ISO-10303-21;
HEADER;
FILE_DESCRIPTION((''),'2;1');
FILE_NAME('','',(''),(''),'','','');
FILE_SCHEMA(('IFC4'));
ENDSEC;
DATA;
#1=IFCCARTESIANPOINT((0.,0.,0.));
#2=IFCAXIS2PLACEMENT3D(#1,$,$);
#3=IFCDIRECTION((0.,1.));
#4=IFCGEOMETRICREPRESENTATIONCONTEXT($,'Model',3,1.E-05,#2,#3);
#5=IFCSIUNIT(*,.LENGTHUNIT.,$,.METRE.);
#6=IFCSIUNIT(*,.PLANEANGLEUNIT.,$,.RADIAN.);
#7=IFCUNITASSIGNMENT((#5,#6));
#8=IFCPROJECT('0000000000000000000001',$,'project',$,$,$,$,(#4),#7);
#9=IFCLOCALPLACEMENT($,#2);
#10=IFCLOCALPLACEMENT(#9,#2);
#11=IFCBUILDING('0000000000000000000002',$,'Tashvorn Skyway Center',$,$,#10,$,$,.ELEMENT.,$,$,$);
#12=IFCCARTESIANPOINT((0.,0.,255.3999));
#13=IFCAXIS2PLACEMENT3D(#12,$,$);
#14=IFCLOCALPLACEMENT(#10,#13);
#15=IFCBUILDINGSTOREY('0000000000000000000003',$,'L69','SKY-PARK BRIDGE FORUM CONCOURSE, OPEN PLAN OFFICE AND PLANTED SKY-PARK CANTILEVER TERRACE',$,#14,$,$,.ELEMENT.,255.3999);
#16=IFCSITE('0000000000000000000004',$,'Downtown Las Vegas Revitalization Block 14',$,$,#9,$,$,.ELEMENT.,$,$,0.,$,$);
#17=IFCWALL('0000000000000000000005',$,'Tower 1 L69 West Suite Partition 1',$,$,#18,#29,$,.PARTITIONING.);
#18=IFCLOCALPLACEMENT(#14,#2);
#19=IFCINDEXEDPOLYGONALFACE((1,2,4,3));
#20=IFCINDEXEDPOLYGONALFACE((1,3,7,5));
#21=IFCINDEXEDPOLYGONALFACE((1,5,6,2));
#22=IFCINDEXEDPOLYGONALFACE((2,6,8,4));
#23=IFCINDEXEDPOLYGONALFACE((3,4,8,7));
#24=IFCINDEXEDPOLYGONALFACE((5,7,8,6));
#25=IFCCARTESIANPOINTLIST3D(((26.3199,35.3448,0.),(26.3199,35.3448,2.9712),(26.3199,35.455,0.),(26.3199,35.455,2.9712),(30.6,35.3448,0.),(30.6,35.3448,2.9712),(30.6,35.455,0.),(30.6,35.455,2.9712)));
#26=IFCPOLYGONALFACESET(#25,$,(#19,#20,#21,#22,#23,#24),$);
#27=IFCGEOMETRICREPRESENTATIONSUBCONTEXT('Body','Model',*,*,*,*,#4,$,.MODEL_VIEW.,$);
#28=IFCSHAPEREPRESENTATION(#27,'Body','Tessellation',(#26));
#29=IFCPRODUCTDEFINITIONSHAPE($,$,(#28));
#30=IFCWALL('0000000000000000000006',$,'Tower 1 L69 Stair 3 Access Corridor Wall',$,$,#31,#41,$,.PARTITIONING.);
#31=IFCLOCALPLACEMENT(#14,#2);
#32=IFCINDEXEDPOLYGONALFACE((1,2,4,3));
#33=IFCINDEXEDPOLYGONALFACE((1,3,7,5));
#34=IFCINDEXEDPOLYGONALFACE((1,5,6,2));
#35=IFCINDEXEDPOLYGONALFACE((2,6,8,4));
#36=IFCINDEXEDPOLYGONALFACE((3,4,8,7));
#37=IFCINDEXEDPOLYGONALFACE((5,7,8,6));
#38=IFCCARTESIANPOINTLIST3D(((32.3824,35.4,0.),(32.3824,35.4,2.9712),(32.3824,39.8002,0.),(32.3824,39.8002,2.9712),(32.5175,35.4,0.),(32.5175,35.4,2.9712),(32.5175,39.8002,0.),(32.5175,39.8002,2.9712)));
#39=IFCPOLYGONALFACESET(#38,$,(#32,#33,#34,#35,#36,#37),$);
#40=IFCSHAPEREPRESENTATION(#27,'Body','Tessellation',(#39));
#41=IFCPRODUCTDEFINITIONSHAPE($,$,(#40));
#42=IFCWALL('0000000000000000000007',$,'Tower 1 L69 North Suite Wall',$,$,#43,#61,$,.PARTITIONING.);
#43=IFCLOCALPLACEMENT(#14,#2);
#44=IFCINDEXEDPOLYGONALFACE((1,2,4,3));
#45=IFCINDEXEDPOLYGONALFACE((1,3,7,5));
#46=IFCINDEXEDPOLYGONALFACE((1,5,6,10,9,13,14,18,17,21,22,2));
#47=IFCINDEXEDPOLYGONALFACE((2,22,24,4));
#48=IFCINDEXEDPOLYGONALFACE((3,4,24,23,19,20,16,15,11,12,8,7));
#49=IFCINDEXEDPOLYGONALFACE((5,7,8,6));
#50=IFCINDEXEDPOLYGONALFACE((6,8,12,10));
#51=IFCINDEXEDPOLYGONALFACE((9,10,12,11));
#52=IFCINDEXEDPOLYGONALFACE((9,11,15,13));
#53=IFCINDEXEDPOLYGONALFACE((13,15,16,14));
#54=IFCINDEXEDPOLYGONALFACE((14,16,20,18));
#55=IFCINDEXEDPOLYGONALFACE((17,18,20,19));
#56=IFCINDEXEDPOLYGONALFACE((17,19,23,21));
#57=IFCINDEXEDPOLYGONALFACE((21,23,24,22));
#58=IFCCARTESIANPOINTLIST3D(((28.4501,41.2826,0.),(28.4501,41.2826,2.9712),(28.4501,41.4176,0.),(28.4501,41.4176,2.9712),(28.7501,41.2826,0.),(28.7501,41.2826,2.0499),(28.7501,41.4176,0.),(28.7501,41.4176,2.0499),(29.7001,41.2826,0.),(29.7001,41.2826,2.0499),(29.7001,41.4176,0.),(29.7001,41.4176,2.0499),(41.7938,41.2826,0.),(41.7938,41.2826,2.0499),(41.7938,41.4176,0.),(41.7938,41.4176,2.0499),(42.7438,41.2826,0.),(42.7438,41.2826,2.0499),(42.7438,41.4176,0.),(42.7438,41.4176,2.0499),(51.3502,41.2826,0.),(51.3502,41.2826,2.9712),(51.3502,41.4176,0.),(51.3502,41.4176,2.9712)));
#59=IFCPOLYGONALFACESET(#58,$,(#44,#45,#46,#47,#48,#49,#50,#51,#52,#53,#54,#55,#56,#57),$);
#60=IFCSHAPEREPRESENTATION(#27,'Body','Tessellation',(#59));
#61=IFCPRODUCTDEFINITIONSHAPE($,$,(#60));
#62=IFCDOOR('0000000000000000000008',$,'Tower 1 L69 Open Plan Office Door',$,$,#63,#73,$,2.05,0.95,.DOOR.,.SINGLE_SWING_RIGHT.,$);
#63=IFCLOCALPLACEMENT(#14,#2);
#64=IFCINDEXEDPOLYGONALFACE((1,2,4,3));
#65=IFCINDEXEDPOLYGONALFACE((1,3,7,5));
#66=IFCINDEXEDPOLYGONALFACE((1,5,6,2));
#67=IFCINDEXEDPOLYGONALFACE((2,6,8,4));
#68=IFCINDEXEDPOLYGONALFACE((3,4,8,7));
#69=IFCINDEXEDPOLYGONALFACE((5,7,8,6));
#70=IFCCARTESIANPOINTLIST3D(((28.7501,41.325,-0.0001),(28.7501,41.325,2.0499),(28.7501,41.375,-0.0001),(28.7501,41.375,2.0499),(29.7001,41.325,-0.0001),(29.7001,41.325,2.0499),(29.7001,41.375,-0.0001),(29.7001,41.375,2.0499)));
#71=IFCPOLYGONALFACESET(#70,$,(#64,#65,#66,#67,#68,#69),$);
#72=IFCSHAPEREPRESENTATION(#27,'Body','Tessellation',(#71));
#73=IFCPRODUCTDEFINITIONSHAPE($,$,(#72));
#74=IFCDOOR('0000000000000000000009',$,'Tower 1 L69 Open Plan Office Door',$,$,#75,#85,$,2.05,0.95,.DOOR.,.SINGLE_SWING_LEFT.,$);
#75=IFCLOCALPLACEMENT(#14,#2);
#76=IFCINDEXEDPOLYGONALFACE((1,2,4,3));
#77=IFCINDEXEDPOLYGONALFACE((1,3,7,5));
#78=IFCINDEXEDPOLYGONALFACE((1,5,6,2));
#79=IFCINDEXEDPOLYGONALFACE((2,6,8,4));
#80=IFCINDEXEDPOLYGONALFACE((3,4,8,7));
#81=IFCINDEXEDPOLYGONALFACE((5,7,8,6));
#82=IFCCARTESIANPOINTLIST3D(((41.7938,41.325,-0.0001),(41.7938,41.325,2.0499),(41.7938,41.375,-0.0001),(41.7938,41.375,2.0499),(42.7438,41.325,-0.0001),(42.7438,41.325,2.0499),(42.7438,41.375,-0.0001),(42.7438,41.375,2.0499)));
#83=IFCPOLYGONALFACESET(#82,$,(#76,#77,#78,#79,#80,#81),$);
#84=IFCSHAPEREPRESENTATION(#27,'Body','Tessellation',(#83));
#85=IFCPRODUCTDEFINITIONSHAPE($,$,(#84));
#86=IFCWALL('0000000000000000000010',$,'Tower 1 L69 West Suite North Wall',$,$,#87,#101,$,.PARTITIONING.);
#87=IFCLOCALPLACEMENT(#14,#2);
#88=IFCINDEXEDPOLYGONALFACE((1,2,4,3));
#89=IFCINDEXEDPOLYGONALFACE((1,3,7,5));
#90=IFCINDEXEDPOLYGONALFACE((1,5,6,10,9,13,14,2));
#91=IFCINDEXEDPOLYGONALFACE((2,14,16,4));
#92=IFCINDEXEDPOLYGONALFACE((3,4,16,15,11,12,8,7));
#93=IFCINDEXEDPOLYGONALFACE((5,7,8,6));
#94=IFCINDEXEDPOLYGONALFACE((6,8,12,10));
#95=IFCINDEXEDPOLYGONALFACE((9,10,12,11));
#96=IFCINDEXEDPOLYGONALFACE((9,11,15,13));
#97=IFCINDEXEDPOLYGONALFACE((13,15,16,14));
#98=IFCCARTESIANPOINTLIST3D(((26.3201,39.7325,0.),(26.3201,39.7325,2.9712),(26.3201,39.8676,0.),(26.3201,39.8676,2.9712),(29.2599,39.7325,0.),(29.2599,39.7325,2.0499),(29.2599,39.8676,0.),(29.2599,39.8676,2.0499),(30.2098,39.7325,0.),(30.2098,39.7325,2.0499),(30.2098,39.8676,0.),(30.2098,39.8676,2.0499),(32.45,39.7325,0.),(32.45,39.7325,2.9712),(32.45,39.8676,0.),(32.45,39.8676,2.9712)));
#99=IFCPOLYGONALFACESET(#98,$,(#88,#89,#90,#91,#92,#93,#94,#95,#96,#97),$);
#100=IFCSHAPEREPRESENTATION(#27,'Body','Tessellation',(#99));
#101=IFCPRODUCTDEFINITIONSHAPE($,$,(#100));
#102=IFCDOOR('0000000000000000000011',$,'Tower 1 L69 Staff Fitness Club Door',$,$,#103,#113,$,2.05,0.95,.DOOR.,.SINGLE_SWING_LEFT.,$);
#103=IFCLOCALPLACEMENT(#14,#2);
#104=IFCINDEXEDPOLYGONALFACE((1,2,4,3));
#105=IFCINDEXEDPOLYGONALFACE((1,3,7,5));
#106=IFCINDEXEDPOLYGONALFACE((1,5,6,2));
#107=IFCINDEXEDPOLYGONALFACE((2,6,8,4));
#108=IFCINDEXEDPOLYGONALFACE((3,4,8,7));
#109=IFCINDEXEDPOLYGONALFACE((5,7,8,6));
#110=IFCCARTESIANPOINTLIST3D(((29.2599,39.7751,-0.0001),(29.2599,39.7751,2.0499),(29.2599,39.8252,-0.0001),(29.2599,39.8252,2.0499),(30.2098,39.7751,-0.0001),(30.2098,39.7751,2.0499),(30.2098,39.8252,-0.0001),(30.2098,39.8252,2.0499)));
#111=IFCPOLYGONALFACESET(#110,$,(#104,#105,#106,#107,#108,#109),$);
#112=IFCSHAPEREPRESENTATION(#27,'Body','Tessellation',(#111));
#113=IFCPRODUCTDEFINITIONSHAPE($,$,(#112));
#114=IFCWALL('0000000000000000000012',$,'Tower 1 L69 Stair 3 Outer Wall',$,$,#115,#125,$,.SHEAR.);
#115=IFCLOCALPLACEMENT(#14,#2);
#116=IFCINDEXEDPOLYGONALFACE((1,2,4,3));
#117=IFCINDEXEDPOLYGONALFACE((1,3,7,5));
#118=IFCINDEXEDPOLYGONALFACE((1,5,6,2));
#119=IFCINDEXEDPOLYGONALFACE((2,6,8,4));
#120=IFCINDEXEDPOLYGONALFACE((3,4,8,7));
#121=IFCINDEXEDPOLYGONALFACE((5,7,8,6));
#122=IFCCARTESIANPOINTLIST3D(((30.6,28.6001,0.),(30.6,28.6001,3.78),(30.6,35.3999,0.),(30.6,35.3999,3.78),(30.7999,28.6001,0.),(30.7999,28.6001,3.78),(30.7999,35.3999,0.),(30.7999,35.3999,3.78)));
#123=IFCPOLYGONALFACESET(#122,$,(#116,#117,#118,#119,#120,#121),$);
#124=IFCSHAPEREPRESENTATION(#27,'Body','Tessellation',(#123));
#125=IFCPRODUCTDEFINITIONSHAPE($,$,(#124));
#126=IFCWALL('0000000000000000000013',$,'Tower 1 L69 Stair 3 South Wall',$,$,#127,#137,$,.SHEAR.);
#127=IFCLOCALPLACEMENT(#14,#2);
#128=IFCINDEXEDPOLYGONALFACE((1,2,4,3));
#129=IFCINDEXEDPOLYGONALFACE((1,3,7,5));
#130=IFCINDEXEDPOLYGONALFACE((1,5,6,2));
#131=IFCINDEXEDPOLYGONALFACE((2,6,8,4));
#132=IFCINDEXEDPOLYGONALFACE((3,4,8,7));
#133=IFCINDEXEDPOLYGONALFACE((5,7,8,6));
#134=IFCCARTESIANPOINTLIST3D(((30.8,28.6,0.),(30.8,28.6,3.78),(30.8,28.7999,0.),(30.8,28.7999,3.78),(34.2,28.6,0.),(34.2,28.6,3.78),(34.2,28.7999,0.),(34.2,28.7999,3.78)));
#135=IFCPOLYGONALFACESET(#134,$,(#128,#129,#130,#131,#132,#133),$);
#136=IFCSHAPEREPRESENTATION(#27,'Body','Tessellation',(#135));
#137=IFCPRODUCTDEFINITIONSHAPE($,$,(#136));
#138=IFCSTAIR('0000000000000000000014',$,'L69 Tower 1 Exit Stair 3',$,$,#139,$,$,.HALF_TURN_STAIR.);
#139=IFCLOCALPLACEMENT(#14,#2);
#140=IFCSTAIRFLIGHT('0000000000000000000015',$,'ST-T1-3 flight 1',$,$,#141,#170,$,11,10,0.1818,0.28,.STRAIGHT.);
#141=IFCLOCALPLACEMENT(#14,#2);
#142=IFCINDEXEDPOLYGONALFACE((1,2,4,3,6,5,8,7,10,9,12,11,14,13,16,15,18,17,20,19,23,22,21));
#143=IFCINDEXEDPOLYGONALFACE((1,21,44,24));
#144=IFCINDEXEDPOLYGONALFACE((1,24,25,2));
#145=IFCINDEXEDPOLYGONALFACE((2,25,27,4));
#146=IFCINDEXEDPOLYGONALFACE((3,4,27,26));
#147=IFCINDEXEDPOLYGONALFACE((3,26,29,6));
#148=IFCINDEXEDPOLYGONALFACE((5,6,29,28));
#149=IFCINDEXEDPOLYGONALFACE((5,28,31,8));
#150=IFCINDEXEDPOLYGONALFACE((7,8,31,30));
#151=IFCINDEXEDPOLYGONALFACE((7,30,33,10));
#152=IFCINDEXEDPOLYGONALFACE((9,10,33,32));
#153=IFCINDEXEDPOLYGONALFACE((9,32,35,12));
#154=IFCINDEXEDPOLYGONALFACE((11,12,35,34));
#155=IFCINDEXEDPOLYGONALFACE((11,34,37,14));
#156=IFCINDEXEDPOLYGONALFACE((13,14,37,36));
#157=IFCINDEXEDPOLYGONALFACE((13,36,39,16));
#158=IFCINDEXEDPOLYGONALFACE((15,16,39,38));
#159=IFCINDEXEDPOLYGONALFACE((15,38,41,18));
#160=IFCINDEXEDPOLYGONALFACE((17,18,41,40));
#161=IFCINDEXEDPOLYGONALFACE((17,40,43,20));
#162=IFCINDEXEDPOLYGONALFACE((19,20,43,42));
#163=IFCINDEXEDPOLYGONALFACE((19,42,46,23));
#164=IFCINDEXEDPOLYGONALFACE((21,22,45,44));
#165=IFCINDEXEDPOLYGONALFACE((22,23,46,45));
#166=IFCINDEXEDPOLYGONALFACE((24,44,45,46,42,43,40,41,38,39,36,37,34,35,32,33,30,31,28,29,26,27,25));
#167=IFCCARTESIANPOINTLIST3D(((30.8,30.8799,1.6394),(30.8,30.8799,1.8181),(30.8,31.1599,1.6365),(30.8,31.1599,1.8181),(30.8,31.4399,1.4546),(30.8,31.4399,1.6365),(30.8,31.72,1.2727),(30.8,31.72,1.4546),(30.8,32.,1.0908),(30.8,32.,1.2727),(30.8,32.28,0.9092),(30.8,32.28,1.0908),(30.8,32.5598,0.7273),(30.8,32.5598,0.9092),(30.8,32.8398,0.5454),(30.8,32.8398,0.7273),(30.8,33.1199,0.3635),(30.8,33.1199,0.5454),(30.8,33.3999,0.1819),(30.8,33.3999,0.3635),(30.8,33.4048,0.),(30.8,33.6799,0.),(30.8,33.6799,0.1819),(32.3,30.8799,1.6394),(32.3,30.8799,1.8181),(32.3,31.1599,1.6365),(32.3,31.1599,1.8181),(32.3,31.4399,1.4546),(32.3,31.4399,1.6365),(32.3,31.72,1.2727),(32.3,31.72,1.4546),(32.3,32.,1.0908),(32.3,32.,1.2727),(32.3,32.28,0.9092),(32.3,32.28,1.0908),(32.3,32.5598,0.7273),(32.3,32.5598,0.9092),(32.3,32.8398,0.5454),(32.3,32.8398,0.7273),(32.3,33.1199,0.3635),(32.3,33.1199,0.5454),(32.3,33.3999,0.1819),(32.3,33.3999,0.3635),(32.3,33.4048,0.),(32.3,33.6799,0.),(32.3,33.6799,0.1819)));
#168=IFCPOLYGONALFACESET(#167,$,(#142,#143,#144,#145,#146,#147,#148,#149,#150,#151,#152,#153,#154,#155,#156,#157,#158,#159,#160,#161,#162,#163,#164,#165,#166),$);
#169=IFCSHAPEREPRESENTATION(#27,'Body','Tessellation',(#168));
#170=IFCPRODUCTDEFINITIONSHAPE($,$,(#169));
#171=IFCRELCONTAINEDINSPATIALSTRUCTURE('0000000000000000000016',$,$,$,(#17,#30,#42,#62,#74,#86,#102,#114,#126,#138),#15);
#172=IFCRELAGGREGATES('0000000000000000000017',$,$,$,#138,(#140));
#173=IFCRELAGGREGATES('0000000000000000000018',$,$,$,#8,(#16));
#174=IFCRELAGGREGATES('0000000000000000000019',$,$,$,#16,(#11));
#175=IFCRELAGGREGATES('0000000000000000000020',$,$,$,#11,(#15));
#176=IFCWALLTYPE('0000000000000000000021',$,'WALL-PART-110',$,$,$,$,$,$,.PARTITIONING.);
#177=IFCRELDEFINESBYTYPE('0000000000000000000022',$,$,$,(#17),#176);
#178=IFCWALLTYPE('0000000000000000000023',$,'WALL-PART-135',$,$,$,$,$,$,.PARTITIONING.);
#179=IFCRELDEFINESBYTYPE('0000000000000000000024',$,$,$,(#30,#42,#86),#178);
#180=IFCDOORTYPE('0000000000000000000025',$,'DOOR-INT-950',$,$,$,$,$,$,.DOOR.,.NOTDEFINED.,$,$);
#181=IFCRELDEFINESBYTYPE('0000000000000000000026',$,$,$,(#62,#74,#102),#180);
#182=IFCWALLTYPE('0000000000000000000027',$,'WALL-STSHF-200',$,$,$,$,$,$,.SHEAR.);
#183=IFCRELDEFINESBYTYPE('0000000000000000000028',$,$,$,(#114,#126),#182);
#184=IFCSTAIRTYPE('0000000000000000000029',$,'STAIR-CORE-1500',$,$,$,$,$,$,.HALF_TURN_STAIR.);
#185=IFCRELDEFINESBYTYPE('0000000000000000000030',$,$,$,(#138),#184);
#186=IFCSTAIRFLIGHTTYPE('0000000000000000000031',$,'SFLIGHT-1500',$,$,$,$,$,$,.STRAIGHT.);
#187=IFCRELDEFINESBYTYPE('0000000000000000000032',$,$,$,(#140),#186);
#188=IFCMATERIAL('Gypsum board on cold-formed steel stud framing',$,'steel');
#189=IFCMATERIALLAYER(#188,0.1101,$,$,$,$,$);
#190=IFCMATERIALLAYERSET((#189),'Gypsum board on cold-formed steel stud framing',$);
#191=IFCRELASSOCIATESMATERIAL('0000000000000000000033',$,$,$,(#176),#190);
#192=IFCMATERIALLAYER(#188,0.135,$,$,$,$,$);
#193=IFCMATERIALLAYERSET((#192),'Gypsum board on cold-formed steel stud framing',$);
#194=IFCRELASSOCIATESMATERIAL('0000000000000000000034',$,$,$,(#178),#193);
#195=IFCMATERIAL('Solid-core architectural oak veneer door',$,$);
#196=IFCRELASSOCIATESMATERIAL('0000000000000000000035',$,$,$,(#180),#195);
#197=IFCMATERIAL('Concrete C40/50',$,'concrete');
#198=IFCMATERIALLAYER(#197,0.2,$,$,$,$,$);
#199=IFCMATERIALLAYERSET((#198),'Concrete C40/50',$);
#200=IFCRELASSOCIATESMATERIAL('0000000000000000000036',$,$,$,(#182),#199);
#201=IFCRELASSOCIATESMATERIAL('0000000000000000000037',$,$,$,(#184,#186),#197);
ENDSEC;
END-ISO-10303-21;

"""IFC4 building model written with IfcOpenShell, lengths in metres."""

from ifc_helpers import new_model, si_unit, direction, frame, frame_2d, origin, place, context, subcontext, project, spatial, polyline, rectangle, outline, extrude, material, layer, layer_set, type_object, element, fill, aggregate, save


model = new_model("IFC4")

# Units and contexts
model_context = context("Model", 3, precision=1e-05, world=origin(), true_north=direction((0.0, 1.0)))
body_context = subcontext(model_context, "Body", "Model", "MODEL_VIEW")
ifc_project = project(units=[si_unit("LENGTHUNIT", "METRE"), si_unit("PLANEANGLEUNIT", "RADIAN")], contexts=[model_context])

# Site, building, storey
site_placement = place(None, origin())
site = spatial("IfcSite", under=ifc_project, at=site_placement, Name="Downtown Las Vegas Revitalization Block 14", CompositionType="ELEMENT", RefElevation=0.0)
building_placement = place(site_placement, origin())
building = spatial("IfcBuilding", under=site, at=building_placement, Name="Tashvorn Skyway Center", CompositionType="ELEMENT")
storey_placement = place(building_placement, frame((0.0, 0.0, 255.3999)))
storey = spatial("IfcBuildingStorey", under=building, at=storey_placement, Name="L69", Description="SKY-PARK BRIDGE FORUM CONCOURSE, OPEN PLAN OFFICE AND PLANTED SKY-PARK CANTILEVER TERRACE", CompositionType="ELEMENT", Elevation=255.3999)

# Walls
ifc_material_1 = material(Name="Gypsum board on cold-formed steel stud framing", Category="steel")
ifc_layer_1 = layer(ifc_material_1, 0.1101)
ifc_layer_set_1 = layer_set([ifc_layer_1], Name="Gypsum board on cold-formed steel stud framing")
wall_type_1 = type_object("IfcWallType", Name="WALL-PART-110", PredefinedType="PARTITIONING", material=ifc_layer_set_1)
wall_1_placement = place(storey_placement, frame((30.6001, 35.3999, 0.0), z_axis=(0.0, 0.0, 1.0), x_axis=(-1.0, 0.0, 0.0)))
element("IfcWall", 1, at=wall_1_placement, inside=storey, type_object=wall_type_1, Name="Tower 1 L69 West Suite Partition 1", PredefinedType="PARTITIONING", context=body_context, shape_type="SweptSolid", body=[
    extrude(rectangle(XDim=4.28, YDim=0.1101, at=frame_2d((2.1401, 0.0))), origin(), (0.0, 0.0, 1.0), 2.9712),
])
ifc_layer_2 = layer(ifc_material_1, 0.135)
ifc_layer_set_2 = layer_set([ifc_layer_2], Name="Gypsum board on cold-formed steel stud framing")
wall_type_2 = type_object("IfcWallType", Name="WALL-PART-135", PredefinedType="PARTITIONING", material=ifc_layer_set_2)
wall_2_placement = place(storey_placement, frame((32.45, 35.3999, 0.0), z_axis=(0.0, 0.0, 1.0), x_axis=(0.0, 1.0, 0.0)))
element("IfcWall", 2, at=wall_2_placement, inside=storey, type_object=wall_type_2, Name="Tower 1 L69 Stair 3 Access Corridor Wall", PredefinedType="PARTITIONING", context=body_context, shape_type="SweptSolid", body=[
    extrude(rectangle(XDim=4.4001, YDim=0.135, at=frame_2d((2.2002, 0.0))), origin(), (0.0, 0.0, 1.0), 2.9712),
])

# Wall, openings, doors
wall_3_placement = place(storey_placement, frame((28.45, 41.3501, 0.0), z_axis=(0.0, 0.0, 1.0), x_axis=(1.0, 0.0, 0.0)))
wall_3 = element("IfcWall", 3, at=wall_3_placement, inside=storey, type_object=wall_type_2, Name="Tower 1 L69 North Suite Wall", PredefinedType="PARTITIONING", context=body_context, shape_type="SweptSolid", body=[
    extrude(rectangle(XDim=22.9001, YDim=0.135, at=frame_2d((11.4502, 0.0))), origin(), (0.0, 0.0, 1.0), 2.9712),
])
opening_1_placement = place(wall_3_placement, frame((0.3, 0.0, 0.0)))
opening_1 = element("IfcOpeningElement", 4, at=opening_1_placement, cuts=wall_3, PredefinedType="OPENING", context=body_context, shape_type="SweptSolid", body=[
    extrude(rectangle(XDim=0.95, YDim=2.05, at=frame_2d((0.4751, 1.0249))), frame((0.0, 0.0774, 0.0), z_axis=(0.0, -1.0, 0.0), x_axis=(1.0, 0.0, 0.0)), (0.0, 0.0, 1.0), 0.155),
])
opening_2_placement = place(wall_3_placement, frame((13.3438, 0.0, 0.0)))
opening_2 = element("IfcOpeningElement", 5, at=opening_2_placement, cuts=wall_3, PredefinedType="OPENING", context=body_context, shape_type="SweptSolid", body=[
    extrude(rectangle(XDim=0.95, YDim=2.05, at=frame_2d((0.4751, 1.0249))), frame((0.0, 0.0774, 0.0), z_axis=(0.0, -1.0, 0.0), x_axis=(1.0, 0.0, 0.0)), (0.0, 0.0, 1.0), 0.155),
])
ifc_material_2 = material(Name="Solid-core architectural oak veneer door")
door_type = type_object("IfcDoorType", Name="DOOR-INT-950", OperationType="NOTDEFINED", PredefinedType="DOOR", material=ifc_material_2)
door_1_placement = place(opening_1_placement, origin())
door_1 = element("IfcDoor", 6, at=door_1_placement, inside=storey, type_object=door_type, Name="Tower 1 L69 Open Plan Office Door", OperationType="SINGLE_SWING_RIGHT", OverallHeight=2.05, OverallWidth=0.95, PredefinedType="DOOR", context=body_context, shape_type="SweptSolid", body=[
    extrude(rectangle(XDim=0.95, YDim=2.05, at=frame_2d((0.4751, 1.0249))), frame((0.0, 0.0249, 0.0), z_axis=(0.0, -1.0, 0.0), x_axis=(1.0, 0.0, 0.0)), (0.0, 0.0, 1.0), 0.05),
])
fill(opening_1, door_1)
door_2_placement = place(opening_2_placement, origin())
door_2 = element("IfcDoor", 7, at=door_2_placement, inside=storey, type_object=door_type, Name="Tower 1 L69 Open Plan Office Door", OperationType="SINGLE_SWING_LEFT", OverallHeight=2.05, OverallWidth=0.95, PredefinedType="DOOR", context=body_context, shape_type="SweptSolid", body=[
    extrude(rectangle(XDim=0.95, YDim=2.05, at=frame_2d((0.4751, 1.0249))), frame((0.0, 0.0249, 0.0), z_axis=(0.0, -1.0, 0.0), x_axis=(1.0, 0.0, 0.0)), (0.0, 0.0, 1.0), 0.05),
])
fill(opening_2, door_2)

# Wall, opening, door
wall_4_placement = place(storey_placement, frame((32.45, 39.8, 0.0), z_axis=(0.0, 0.0, 1.0), x_axis=(-1.0, 0.0, 0.0)))
wall_4 = element("IfcWall", 8, at=wall_4_placement, inside=storey, type_object=wall_type_2, Name="Tower 1 L69 West Suite North Wall", PredefinedType="PARTITIONING", context=body_context, shape_type="SweptSolid", body=[
    extrude(rectangle(XDim=6.1299, YDim=0.135, at=frame_2d((3.0649, 0.0))), origin(), (0.0, 0.0, 1.0), 2.9712),
])
opening_3_placement = place(wall_4_placement, frame((2.24, 0.0, 0.0)))
opening_3 = element("IfcOpeningElement", 9, at=opening_3_placement, cuts=wall_4, PredefinedType="OPENING", context=body_context, shape_type="SweptSolid", body=[
    extrude(rectangle(XDim=0.95, YDim=2.05, at=frame_2d((0.4751, 1.0249))), frame((0.0, 0.0774, 0.0), z_axis=(0.0, -1.0, 0.0), x_axis=(1.0, 0.0, 0.0)), (0.0, 0.0, 1.0), 0.155),
])
door_3_placement = place(opening_3_placement, origin())
door_3 = element("IfcDoor", 10, at=door_3_placement, inside=storey, type_object=door_type, Name="Tower 1 L69 Staff Fitness Club Door", OperationType="SINGLE_SWING_LEFT", OverallHeight=2.05, OverallWidth=0.95, PredefinedType="DOOR", context=body_context, shape_type="SweptSolid", body=[
    extrude(rectangle(XDim=0.95, YDim=2.05, at=frame_2d((0.4751, 1.0249))), frame((0.0, 0.0249, 0.0), z_axis=(0.0, -1.0, 0.0), x_axis=(1.0, 0.0, 0.0)), (0.0, 0.0, 1.0), 0.05),
])
fill(opening_3, door_3)

# Walls
ifc_material_3 = material(Name="Concrete C40/50", Category="concrete")
ifc_layer_3 = layer(ifc_material_3, 0.2)
ifc_layer_set_3 = layer_set([ifc_layer_3], Name="Concrete C40/50")
wall_type_3 = type_object("IfcWallType", Name="WALL-STSHF-200", PredefinedType="SHEAR", material=ifc_layer_set_3)
wall_5_placement = place(storey_placement, frame((30.7, 28.6001, 0.0), z_axis=(0.0, 0.0, 1.0), x_axis=(0.0, 1.0, 0.0)))
element("IfcWall", 11, at=wall_5_placement, inside=storey, type_object=wall_type_3, Name="Tower 1 L69 Stair 3 Outer Wall", PredefinedType="SHEAR", context=body_context, shape_type="SweptSolid", body=[
    extrude(rectangle(XDim=6.7998, YDim=0.2, at=frame_2d((3.3999, 0.0))), origin(), (0.0, 0.0, 1.0), 3.78),
])
wall_6_placement = place(storey_placement, frame((30.8, 28.7, 0.0), z_axis=(0.0, 0.0, 1.0), x_axis=(1.0, 0.0, 0.0)))
element("IfcWall", 12, at=wall_6_placement, inside=storey, type_object=wall_type_3, Name="Tower 1 L69 Stair 3 South Wall", PredefinedType="SHEAR", context=body_context, shape_type="SweptSolid", body=[
    extrude(rectangle(XDim=3.3999, YDim=0.2, at=frame_2d((1.7, 0.0))), origin(), (0.0, 0.0, 1.0), 3.78),
])

# Stair, stair flight
stair_type = type_object("IfcStairType", Name="STAIR-CORE-1500", PredefinedType="HALF_TURN_STAIR", material=ifc_material_3)
stair_placement = place(storey_placement, origin())
stair = element("IfcStair", 13, at=stair_placement, inside=storey, type_object=stair_type, Name="L69 Tower 1 Exit Stair 3", PredefinedType="HALF_TURN_STAIR")
stair_flight_type = type_object("IfcStairFlightType", Name="SFLIGHT-1500", PredefinedType="STRAIGHT", material=ifc_material_3)
stair_flight_placement = place(storey_placement, frame((31.55, 33.6799, 0.0), z_axis=(0.0, 0.0, 1.0), x_axis=(0.0, -1.0, 0.0)))
stair_flight = element("IfcStairFlight", 14, at=stair_flight_placement, type_object=stair_flight_type, Name="ST-T1-3 flight 1", NumberOfRisers=11, NumberOfTreads=10, PredefinedType="STRAIGHT", RiserHeight=0.1818, TreadLength=0.28, context=body_context, shape_type="SweptSolid", body=[
    extrude(outline(polyline([(0.0, 0.0), (0.0, 0.1819), (0.28, 0.1819), (0.28, 0.3635), (0.5601, 0.3635), (0.5601, 0.5454), (0.8401, 0.5454), (0.8401, 0.7273), (1.1201, 0.7273), (1.1201, 0.9092), (1.3999, 0.9092), (1.3999, 1.0908), (1.6799, 1.0908), (1.6799, 1.2727), (1.96, 1.2727), (1.96, 1.4546), (2.24, 1.4546), (2.24, 1.6365), (2.52, 1.6365), (2.52, 1.8181), (2.8, 1.8181), (2.8, 2.0), (2.8, 1.6394), (0.2751, 0.0), (0.0, 0.0)])), frame((0.0, 0.75, 0.0), z_axis=(0.0, -1.0, 0.0), x_axis=(1.0, 0.0, 0.0)), (0.0, 0.0, 1.0), 1.5),
])
aggregate(stair, [stair_flight])

save(model, "model.ifc")
